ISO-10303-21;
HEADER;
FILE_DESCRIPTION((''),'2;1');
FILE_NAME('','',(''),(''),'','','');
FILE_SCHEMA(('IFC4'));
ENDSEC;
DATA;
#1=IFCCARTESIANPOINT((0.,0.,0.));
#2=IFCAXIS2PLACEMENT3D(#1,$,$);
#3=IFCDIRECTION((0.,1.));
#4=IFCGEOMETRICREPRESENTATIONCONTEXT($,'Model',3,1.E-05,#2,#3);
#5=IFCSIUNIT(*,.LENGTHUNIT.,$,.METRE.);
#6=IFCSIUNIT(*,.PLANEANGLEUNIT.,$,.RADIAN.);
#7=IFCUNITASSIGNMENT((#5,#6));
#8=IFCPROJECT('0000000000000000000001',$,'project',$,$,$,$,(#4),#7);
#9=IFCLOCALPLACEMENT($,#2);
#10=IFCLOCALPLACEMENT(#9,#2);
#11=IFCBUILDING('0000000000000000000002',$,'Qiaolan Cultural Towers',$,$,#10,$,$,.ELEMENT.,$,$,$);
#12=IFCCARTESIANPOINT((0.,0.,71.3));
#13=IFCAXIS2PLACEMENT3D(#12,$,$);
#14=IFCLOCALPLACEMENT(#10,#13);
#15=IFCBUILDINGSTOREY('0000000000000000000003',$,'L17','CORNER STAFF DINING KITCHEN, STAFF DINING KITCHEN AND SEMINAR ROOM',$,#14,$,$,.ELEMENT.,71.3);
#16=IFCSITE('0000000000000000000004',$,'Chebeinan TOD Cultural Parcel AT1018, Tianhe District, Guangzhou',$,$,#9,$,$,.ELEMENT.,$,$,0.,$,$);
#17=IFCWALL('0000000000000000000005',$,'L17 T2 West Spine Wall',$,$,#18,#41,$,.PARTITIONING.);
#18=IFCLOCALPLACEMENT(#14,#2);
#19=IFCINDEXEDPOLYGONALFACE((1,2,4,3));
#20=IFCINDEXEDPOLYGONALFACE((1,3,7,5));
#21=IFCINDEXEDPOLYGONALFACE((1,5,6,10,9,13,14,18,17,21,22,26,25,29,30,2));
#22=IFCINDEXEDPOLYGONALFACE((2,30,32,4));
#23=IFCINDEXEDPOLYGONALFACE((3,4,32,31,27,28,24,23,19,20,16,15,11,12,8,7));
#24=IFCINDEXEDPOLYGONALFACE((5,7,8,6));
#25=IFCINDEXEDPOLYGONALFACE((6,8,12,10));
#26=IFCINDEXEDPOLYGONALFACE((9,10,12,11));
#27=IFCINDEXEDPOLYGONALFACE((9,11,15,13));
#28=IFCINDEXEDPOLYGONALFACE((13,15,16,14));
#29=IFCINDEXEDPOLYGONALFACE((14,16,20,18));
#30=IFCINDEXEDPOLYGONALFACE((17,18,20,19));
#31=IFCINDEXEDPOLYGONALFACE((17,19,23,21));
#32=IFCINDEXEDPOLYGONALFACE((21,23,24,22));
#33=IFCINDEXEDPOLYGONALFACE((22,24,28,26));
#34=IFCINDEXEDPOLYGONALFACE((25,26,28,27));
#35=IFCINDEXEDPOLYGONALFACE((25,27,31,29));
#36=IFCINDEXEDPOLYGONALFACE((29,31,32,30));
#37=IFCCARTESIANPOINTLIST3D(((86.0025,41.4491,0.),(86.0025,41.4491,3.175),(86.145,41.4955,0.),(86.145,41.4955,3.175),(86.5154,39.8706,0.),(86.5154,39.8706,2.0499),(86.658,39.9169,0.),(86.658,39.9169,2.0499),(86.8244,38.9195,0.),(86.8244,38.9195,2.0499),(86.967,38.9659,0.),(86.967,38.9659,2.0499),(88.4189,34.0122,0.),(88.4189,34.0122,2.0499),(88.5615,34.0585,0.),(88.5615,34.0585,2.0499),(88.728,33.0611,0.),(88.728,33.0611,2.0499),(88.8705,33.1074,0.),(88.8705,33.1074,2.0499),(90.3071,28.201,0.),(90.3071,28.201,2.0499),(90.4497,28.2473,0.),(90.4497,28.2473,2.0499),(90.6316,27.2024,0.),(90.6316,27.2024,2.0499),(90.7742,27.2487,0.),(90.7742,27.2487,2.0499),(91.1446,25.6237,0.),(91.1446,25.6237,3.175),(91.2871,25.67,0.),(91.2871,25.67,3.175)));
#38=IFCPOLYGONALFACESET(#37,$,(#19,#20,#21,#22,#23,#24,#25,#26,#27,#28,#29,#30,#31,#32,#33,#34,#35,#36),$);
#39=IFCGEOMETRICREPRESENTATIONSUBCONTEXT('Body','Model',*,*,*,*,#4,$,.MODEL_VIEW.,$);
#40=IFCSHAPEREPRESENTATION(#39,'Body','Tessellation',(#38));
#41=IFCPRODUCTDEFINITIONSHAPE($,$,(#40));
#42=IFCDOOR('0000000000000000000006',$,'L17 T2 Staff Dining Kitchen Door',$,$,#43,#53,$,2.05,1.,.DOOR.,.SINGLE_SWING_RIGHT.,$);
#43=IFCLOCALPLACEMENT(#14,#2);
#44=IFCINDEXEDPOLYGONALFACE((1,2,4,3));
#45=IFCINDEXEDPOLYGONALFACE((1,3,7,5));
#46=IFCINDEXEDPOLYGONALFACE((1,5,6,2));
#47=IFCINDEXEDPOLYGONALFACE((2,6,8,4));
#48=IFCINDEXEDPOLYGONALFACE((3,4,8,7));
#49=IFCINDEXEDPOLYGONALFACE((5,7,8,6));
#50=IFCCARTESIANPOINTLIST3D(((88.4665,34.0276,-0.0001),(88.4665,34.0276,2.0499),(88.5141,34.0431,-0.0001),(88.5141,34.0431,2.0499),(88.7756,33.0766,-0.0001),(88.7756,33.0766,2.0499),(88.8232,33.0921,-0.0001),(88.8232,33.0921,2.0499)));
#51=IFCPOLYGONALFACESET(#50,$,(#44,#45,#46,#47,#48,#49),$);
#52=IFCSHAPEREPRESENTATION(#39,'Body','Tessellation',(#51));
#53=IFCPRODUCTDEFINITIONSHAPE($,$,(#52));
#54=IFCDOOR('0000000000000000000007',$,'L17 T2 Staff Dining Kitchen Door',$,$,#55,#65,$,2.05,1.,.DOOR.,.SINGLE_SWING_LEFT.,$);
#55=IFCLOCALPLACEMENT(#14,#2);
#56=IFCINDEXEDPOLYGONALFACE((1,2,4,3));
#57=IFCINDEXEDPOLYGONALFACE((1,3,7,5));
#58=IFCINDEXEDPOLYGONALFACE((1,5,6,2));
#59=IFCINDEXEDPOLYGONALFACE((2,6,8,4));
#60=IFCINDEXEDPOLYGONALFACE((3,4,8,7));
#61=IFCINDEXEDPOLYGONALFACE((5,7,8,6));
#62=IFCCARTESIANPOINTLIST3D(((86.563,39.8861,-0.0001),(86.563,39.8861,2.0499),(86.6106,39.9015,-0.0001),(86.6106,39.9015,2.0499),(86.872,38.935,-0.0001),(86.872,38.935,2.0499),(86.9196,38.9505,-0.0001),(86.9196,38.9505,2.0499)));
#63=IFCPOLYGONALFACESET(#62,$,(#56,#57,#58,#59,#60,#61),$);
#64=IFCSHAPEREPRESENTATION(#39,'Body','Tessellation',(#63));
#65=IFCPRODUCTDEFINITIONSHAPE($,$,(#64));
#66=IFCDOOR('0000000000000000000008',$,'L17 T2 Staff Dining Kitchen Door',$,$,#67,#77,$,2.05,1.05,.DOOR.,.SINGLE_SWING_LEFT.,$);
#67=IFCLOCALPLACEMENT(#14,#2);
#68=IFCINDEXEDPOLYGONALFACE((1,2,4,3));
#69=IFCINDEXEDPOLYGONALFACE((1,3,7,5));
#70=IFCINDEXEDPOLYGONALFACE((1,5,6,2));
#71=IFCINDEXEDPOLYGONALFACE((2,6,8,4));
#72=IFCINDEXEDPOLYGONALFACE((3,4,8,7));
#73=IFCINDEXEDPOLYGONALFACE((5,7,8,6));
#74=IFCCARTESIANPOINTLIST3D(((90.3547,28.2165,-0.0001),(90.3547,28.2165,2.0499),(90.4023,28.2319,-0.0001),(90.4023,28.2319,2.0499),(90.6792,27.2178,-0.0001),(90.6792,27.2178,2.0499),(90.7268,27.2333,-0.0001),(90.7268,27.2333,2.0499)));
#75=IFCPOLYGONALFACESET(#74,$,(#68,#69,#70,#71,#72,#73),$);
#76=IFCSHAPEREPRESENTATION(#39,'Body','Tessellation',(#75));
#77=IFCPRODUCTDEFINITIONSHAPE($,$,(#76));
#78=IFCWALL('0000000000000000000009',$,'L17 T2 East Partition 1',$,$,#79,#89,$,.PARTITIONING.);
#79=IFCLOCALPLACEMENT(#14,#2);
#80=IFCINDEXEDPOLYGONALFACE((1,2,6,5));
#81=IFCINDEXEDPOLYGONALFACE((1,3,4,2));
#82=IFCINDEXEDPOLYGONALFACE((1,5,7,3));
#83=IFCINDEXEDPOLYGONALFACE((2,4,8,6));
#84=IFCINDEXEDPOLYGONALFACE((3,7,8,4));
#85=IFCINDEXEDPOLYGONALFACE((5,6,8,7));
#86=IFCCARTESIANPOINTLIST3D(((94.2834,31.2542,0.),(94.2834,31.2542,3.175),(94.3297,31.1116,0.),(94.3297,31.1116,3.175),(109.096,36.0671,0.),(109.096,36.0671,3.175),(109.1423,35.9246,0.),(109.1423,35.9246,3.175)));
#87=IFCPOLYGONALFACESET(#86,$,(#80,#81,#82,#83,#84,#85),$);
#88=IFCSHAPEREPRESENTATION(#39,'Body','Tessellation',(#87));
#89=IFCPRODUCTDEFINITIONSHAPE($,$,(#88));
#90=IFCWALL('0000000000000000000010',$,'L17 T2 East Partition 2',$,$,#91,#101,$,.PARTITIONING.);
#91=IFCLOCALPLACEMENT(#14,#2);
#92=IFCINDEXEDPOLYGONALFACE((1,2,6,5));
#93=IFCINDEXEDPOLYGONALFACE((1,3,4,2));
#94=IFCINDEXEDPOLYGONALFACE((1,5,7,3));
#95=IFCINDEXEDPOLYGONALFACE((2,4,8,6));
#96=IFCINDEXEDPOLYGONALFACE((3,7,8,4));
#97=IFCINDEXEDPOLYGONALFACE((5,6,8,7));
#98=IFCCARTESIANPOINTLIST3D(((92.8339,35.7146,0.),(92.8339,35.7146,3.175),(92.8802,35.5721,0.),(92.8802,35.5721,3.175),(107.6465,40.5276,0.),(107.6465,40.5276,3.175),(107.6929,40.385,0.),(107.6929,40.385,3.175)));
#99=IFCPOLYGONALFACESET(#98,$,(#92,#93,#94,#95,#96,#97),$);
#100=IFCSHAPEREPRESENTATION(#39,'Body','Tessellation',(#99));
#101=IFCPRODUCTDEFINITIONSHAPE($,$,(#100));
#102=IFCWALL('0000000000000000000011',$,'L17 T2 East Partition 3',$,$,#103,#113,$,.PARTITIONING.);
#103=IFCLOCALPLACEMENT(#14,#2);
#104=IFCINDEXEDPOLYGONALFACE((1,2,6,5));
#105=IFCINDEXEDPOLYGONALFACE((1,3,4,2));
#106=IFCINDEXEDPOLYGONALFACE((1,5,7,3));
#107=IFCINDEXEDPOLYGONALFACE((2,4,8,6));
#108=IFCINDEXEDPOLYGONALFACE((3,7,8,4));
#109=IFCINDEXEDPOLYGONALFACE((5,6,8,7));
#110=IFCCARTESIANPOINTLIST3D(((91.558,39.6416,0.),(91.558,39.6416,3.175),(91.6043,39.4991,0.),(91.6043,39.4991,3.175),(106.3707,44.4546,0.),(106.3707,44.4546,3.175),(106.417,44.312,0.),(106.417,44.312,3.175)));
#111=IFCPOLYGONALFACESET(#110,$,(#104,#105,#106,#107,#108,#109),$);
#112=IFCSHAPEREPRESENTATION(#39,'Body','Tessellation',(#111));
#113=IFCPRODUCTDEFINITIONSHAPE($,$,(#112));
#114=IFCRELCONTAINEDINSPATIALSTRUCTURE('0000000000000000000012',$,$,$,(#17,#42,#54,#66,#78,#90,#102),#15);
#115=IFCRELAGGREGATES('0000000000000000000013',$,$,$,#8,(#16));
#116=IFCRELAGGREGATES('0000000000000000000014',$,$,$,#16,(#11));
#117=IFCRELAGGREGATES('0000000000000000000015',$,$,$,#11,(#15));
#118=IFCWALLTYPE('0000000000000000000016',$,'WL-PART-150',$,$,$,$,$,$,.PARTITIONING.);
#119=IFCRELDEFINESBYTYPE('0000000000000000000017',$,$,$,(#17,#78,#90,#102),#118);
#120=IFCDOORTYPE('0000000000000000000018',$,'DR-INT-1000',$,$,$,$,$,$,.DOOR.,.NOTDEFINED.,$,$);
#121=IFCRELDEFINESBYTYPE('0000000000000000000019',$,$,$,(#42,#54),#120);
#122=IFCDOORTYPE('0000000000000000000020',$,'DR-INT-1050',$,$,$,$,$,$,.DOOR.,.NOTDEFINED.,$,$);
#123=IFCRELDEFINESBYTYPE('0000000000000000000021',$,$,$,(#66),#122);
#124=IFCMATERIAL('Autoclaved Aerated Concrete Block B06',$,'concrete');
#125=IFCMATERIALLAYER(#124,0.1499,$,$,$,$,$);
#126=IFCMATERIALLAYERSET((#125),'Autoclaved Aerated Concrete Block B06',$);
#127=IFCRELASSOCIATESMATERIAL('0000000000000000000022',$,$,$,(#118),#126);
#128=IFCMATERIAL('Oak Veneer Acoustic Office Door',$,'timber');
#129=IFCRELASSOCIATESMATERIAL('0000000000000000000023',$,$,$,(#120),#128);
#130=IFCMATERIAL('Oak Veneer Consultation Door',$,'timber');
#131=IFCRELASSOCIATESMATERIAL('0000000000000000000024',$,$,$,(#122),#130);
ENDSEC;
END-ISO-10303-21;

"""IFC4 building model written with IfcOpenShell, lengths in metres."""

from ifc_helpers import new_model, si_unit, direction, frame, frame_2d, origin, place, context, subcontext, project, spatial, rectangle, extrude, material, layer, layer_set, type_object, element, fill, save


model = new_model("IFC4")

# Units and contexts
model_context = context("Model", 3, precision=1e-05, world=origin(), true_north=direction((0.0, 1.0)))
body_context = subcontext(model_context, "Body", "Model", "MODEL_VIEW")
ifc_project = project(units=[si_unit("LENGTHUNIT", "METRE"), si_unit("PLANEANGLEUNIT", "RADIAN")], contexts=[model_context])

# Site, building, storey
site_placement = place(None, origin())
site = spatial("IfcSite", under=ifc_project, at=site_placement, Name="Chebeinan TOD Cultural Parcel AT1018, Tianhe District, Guangzhou", CompositionType="ELEMENT", RefElevation=0.0)
building_placement = place(site_placement, origin())
building = spatial("IfcBuilding", under=site, at=building_placement, Name="Qiaolan Cultural Towers", CompositionType="ELEMENT")
storey_placement = place(building_placement, frame((0.0, 0.0, 71.3)))
storey = spatial("IfcBuildingStorey", under=building, at=storey_placement, Name="L17", Description="CORNER STAFF DINING KITCHEN, STAFF DINING KITCHEN AND SEMINAR ROOM", CompositionType="ELEMENT", Elevation=71.3)

# Wall, openings, doors
ifc_material_1 = material(Name="Autoclaved Aerated Concrete Block B06", Category="concrete")
ifc_layer = layer(ifc_material_1, 0.1499)
ifc_layer_set = layer_set([ifc_layer], Name="Autoclaved Aerated Concrete Block B06")
wall_type = type_object("IfcWallType", Name="WL-PART-150", PredefinedType="PARTITIONING", material=ifc_layer_set)
wall_placement = place(storey_placement, frame((91.2158, 25.647, 0.0), z_axis=(0.0, 0.0, 1.0), x_axis=(-0.309022, 0.951055, 0.0)))
wall = element("IfcWall", 1, at=wall_placement, inside=storey, type_object=wall_type, Name="L17 T2 West Spine Wall", PredefinedType="PARTITIONING", context=body_context, shape_type="SweptSolid", body=[
    extrude(rectangle(XDim=16.6399, YDim=0.1499, at=frame_2d((8.3198, 0.0))), origin(), (0.0, 0.0, 1.0), 3.175),
])
opening_1_placement = place(wall_placement, frame((1.6599, 0.0, 0.0)))
opening_1 = element("IfcOpeningElement", 2, at=opening_1_placement, cuts=wall, PredefinedType="OPENING", context=body_context, shape_type="SweptSolid", body=[
    extrude(rectangle(XDim=1.05, YDim=2.05, at=frame_2d((0.5249, 1.0249))), frame((0.0, 0.085, 0.0), z_axis=(0.0, -1.0, 0.0), x_axis=(1.0, 0.0, 0.0)), (0.0, 0.0, 1.0), 0.1699),
])
opening_2_placement = place(wall_placement, frame((7.8201, 0.0, 0.0)))
opening_2 = element("IfcOpeningElement", 3, at=opening_2_placement, cuts=wall, PredefinedType="OPENING", context=body_context, shape_type="SweptSolid", body=[
    extrude(rectangle(XDim=1.0, YDim=2.05, at=frame_2d((0.5, 1.0249))), frame((0.0, 0.085, 0.0), z_axis=(0.0, -1.0, 0.0), x_axis=(1.0, 0.0, 0.0)), (0.0, 0.0, 1.0), 0.1699),
])
opening_3_placement = place(wall_placement, frame((13.98, 0.0, 0.0)))
opening_3 = element("IfcOpeningElement", 4, at=opening_3_placement, cuts=wall, PredefinedType="OPENING", context=body_context, shape_type="SweptSolid", body=[
    extrude(rectangle(XDim=1.0, YDim=2.05, at=frame_2d((0.5, 1.0249))), frame((0.0, 0.085, 0.0), z_axis=(0.0, -1.0, 0.0), x_axis=(1.0, 0.0, 0.0)), (0.0, 0.0, 1.0), 0.1699),
])
ifc_material_2 = material(Name="Oak Veneer Acoustic Office Door", Category="timber")
door_type_1 = type_object("IfcDoorType", Name="DR-INT-1000", OperationType="NOTDEFINED", PredefinedType="DOOR", material=ifc_material_2)
door_1_placement = place(opening_2_placement, origin())
door_1 = element("IfcDoor", 5, at=door_1_placement, inside=storey, type_object=door_type_1, Name="L17 T2 Staff Dining Kitchen Door", OperationType="SINGLE_SWING_RIGHT", OverallHeight=2.05, OverallWidth=1.0, PredefinedType="DOOR", context=body_context, shape_type="SweptSolid", body=[
    extrude(rectangle(XDim=1.0, YDim=2.05, at=frame_2d((0.5, 1.0249))), frame((0.0, 0.0249, 0.0), z_axis=(0.0, -1.0, 0.0), x_axis=(1.0, 0.0, 0.0)), (0.0, 0.0, 1.0), 0.05),
])
fill(opening_2, door_1)
door_2_placement = place(opening_3_placement, origin())
door_2 = element("IfcDoor", 6, at=door_2_placement, inside=storey, type_object=door_type_1, Name="L17 T2 Staff Dining Kitchen Door", OperationType="SINGLE_SWING_LEFT", OverallHeight=2.05, OverallWidth=1.0, PredefinedType="DOOR", context=body_context, shape_type="SweptSolid", body=[
    extrude(rectangle(XDim=1.0, YDim=2.05, at=frame_2d((0.5, 1.0249))), frame((0.0, 0.0249, 0.0), z_axis=(0.0, -1.0, 0.0), x_axis=(1.0, 0.0, 0.0)), (0.0, 0.0, 1.0), 0.05),
])
fill(opening_3, door_2)
ifc_material_3 = material(Name="Oak Veneer Consultation Door", Category="timber")
door_type_2 = type_object("IfcDoorType", Name="DR-INT-1050", OperationType="NOTDEFINED", PredefinedType="DOOR", material=ifc_material_3)
door_3_placement = place(opening_1_placement, origin())
door_3 = element("IfcDoor", 7, at=door_3_placement, inside=storey, type_object=door_type_2, Name="L17 T2 Staff Dining Kitchen Door", OperationType="SINGLE_SWING_LEFT", OverallHeight=2.05, OverallWidth=1.05, PredefinedType="DOOR", context=body_context, shape_type="SweptSolid", body=[
    extrude(rectangle(XDim=1.05, YDim=2.05, at=frame_2d((0.5249, 1.0249))), frame((0.0, 0.0249, 0.0), z_axis=(0.0, -1.0, 0.0), x_axis=(1.0, 0.0, 0.0)), (0.0, 0.0, 1.0), 0.05),
])
fill(opening_1, door_3)

# Walls
for number, where, z_axis, x_axis, name in (
    (8, (94.3064, 31.1829, 0.0), (0.0, 0.0, 1.0), (0.951056, 0.309019, 0.0), "L17 T2 East Partition 1"),
    (9, (92.8569, 35.6433, 0.0), (0.0, 0.0, 1.0), (0.951056, 0.309019, 0.0), "L17 T2 East Partition 2"),
    (10, (91.5811, 39.5703, 0.0), (0.0, 0.0, 1.0), (0.951056, 0.309019, 0.0), "L17 T2 East Partition 3"),
):
    element("IfcWall", number, at=place(storey_placement, frame(where, z_axis=z_axis, x_axis=x_axis)), inside=storey, type_object=wall_type, Name=name, PredefinedType="PARTITIONING", context=body_context, shape_type="SweptSolid", body=[
        extrude(rectangle(XDim=15.575, YDim=0.1499, at=frame_2d((7.7876, 0.0))), origin(), (0.0, 0.0, 1.0), 3.175),
    ])

save(model, "model.ifc")
